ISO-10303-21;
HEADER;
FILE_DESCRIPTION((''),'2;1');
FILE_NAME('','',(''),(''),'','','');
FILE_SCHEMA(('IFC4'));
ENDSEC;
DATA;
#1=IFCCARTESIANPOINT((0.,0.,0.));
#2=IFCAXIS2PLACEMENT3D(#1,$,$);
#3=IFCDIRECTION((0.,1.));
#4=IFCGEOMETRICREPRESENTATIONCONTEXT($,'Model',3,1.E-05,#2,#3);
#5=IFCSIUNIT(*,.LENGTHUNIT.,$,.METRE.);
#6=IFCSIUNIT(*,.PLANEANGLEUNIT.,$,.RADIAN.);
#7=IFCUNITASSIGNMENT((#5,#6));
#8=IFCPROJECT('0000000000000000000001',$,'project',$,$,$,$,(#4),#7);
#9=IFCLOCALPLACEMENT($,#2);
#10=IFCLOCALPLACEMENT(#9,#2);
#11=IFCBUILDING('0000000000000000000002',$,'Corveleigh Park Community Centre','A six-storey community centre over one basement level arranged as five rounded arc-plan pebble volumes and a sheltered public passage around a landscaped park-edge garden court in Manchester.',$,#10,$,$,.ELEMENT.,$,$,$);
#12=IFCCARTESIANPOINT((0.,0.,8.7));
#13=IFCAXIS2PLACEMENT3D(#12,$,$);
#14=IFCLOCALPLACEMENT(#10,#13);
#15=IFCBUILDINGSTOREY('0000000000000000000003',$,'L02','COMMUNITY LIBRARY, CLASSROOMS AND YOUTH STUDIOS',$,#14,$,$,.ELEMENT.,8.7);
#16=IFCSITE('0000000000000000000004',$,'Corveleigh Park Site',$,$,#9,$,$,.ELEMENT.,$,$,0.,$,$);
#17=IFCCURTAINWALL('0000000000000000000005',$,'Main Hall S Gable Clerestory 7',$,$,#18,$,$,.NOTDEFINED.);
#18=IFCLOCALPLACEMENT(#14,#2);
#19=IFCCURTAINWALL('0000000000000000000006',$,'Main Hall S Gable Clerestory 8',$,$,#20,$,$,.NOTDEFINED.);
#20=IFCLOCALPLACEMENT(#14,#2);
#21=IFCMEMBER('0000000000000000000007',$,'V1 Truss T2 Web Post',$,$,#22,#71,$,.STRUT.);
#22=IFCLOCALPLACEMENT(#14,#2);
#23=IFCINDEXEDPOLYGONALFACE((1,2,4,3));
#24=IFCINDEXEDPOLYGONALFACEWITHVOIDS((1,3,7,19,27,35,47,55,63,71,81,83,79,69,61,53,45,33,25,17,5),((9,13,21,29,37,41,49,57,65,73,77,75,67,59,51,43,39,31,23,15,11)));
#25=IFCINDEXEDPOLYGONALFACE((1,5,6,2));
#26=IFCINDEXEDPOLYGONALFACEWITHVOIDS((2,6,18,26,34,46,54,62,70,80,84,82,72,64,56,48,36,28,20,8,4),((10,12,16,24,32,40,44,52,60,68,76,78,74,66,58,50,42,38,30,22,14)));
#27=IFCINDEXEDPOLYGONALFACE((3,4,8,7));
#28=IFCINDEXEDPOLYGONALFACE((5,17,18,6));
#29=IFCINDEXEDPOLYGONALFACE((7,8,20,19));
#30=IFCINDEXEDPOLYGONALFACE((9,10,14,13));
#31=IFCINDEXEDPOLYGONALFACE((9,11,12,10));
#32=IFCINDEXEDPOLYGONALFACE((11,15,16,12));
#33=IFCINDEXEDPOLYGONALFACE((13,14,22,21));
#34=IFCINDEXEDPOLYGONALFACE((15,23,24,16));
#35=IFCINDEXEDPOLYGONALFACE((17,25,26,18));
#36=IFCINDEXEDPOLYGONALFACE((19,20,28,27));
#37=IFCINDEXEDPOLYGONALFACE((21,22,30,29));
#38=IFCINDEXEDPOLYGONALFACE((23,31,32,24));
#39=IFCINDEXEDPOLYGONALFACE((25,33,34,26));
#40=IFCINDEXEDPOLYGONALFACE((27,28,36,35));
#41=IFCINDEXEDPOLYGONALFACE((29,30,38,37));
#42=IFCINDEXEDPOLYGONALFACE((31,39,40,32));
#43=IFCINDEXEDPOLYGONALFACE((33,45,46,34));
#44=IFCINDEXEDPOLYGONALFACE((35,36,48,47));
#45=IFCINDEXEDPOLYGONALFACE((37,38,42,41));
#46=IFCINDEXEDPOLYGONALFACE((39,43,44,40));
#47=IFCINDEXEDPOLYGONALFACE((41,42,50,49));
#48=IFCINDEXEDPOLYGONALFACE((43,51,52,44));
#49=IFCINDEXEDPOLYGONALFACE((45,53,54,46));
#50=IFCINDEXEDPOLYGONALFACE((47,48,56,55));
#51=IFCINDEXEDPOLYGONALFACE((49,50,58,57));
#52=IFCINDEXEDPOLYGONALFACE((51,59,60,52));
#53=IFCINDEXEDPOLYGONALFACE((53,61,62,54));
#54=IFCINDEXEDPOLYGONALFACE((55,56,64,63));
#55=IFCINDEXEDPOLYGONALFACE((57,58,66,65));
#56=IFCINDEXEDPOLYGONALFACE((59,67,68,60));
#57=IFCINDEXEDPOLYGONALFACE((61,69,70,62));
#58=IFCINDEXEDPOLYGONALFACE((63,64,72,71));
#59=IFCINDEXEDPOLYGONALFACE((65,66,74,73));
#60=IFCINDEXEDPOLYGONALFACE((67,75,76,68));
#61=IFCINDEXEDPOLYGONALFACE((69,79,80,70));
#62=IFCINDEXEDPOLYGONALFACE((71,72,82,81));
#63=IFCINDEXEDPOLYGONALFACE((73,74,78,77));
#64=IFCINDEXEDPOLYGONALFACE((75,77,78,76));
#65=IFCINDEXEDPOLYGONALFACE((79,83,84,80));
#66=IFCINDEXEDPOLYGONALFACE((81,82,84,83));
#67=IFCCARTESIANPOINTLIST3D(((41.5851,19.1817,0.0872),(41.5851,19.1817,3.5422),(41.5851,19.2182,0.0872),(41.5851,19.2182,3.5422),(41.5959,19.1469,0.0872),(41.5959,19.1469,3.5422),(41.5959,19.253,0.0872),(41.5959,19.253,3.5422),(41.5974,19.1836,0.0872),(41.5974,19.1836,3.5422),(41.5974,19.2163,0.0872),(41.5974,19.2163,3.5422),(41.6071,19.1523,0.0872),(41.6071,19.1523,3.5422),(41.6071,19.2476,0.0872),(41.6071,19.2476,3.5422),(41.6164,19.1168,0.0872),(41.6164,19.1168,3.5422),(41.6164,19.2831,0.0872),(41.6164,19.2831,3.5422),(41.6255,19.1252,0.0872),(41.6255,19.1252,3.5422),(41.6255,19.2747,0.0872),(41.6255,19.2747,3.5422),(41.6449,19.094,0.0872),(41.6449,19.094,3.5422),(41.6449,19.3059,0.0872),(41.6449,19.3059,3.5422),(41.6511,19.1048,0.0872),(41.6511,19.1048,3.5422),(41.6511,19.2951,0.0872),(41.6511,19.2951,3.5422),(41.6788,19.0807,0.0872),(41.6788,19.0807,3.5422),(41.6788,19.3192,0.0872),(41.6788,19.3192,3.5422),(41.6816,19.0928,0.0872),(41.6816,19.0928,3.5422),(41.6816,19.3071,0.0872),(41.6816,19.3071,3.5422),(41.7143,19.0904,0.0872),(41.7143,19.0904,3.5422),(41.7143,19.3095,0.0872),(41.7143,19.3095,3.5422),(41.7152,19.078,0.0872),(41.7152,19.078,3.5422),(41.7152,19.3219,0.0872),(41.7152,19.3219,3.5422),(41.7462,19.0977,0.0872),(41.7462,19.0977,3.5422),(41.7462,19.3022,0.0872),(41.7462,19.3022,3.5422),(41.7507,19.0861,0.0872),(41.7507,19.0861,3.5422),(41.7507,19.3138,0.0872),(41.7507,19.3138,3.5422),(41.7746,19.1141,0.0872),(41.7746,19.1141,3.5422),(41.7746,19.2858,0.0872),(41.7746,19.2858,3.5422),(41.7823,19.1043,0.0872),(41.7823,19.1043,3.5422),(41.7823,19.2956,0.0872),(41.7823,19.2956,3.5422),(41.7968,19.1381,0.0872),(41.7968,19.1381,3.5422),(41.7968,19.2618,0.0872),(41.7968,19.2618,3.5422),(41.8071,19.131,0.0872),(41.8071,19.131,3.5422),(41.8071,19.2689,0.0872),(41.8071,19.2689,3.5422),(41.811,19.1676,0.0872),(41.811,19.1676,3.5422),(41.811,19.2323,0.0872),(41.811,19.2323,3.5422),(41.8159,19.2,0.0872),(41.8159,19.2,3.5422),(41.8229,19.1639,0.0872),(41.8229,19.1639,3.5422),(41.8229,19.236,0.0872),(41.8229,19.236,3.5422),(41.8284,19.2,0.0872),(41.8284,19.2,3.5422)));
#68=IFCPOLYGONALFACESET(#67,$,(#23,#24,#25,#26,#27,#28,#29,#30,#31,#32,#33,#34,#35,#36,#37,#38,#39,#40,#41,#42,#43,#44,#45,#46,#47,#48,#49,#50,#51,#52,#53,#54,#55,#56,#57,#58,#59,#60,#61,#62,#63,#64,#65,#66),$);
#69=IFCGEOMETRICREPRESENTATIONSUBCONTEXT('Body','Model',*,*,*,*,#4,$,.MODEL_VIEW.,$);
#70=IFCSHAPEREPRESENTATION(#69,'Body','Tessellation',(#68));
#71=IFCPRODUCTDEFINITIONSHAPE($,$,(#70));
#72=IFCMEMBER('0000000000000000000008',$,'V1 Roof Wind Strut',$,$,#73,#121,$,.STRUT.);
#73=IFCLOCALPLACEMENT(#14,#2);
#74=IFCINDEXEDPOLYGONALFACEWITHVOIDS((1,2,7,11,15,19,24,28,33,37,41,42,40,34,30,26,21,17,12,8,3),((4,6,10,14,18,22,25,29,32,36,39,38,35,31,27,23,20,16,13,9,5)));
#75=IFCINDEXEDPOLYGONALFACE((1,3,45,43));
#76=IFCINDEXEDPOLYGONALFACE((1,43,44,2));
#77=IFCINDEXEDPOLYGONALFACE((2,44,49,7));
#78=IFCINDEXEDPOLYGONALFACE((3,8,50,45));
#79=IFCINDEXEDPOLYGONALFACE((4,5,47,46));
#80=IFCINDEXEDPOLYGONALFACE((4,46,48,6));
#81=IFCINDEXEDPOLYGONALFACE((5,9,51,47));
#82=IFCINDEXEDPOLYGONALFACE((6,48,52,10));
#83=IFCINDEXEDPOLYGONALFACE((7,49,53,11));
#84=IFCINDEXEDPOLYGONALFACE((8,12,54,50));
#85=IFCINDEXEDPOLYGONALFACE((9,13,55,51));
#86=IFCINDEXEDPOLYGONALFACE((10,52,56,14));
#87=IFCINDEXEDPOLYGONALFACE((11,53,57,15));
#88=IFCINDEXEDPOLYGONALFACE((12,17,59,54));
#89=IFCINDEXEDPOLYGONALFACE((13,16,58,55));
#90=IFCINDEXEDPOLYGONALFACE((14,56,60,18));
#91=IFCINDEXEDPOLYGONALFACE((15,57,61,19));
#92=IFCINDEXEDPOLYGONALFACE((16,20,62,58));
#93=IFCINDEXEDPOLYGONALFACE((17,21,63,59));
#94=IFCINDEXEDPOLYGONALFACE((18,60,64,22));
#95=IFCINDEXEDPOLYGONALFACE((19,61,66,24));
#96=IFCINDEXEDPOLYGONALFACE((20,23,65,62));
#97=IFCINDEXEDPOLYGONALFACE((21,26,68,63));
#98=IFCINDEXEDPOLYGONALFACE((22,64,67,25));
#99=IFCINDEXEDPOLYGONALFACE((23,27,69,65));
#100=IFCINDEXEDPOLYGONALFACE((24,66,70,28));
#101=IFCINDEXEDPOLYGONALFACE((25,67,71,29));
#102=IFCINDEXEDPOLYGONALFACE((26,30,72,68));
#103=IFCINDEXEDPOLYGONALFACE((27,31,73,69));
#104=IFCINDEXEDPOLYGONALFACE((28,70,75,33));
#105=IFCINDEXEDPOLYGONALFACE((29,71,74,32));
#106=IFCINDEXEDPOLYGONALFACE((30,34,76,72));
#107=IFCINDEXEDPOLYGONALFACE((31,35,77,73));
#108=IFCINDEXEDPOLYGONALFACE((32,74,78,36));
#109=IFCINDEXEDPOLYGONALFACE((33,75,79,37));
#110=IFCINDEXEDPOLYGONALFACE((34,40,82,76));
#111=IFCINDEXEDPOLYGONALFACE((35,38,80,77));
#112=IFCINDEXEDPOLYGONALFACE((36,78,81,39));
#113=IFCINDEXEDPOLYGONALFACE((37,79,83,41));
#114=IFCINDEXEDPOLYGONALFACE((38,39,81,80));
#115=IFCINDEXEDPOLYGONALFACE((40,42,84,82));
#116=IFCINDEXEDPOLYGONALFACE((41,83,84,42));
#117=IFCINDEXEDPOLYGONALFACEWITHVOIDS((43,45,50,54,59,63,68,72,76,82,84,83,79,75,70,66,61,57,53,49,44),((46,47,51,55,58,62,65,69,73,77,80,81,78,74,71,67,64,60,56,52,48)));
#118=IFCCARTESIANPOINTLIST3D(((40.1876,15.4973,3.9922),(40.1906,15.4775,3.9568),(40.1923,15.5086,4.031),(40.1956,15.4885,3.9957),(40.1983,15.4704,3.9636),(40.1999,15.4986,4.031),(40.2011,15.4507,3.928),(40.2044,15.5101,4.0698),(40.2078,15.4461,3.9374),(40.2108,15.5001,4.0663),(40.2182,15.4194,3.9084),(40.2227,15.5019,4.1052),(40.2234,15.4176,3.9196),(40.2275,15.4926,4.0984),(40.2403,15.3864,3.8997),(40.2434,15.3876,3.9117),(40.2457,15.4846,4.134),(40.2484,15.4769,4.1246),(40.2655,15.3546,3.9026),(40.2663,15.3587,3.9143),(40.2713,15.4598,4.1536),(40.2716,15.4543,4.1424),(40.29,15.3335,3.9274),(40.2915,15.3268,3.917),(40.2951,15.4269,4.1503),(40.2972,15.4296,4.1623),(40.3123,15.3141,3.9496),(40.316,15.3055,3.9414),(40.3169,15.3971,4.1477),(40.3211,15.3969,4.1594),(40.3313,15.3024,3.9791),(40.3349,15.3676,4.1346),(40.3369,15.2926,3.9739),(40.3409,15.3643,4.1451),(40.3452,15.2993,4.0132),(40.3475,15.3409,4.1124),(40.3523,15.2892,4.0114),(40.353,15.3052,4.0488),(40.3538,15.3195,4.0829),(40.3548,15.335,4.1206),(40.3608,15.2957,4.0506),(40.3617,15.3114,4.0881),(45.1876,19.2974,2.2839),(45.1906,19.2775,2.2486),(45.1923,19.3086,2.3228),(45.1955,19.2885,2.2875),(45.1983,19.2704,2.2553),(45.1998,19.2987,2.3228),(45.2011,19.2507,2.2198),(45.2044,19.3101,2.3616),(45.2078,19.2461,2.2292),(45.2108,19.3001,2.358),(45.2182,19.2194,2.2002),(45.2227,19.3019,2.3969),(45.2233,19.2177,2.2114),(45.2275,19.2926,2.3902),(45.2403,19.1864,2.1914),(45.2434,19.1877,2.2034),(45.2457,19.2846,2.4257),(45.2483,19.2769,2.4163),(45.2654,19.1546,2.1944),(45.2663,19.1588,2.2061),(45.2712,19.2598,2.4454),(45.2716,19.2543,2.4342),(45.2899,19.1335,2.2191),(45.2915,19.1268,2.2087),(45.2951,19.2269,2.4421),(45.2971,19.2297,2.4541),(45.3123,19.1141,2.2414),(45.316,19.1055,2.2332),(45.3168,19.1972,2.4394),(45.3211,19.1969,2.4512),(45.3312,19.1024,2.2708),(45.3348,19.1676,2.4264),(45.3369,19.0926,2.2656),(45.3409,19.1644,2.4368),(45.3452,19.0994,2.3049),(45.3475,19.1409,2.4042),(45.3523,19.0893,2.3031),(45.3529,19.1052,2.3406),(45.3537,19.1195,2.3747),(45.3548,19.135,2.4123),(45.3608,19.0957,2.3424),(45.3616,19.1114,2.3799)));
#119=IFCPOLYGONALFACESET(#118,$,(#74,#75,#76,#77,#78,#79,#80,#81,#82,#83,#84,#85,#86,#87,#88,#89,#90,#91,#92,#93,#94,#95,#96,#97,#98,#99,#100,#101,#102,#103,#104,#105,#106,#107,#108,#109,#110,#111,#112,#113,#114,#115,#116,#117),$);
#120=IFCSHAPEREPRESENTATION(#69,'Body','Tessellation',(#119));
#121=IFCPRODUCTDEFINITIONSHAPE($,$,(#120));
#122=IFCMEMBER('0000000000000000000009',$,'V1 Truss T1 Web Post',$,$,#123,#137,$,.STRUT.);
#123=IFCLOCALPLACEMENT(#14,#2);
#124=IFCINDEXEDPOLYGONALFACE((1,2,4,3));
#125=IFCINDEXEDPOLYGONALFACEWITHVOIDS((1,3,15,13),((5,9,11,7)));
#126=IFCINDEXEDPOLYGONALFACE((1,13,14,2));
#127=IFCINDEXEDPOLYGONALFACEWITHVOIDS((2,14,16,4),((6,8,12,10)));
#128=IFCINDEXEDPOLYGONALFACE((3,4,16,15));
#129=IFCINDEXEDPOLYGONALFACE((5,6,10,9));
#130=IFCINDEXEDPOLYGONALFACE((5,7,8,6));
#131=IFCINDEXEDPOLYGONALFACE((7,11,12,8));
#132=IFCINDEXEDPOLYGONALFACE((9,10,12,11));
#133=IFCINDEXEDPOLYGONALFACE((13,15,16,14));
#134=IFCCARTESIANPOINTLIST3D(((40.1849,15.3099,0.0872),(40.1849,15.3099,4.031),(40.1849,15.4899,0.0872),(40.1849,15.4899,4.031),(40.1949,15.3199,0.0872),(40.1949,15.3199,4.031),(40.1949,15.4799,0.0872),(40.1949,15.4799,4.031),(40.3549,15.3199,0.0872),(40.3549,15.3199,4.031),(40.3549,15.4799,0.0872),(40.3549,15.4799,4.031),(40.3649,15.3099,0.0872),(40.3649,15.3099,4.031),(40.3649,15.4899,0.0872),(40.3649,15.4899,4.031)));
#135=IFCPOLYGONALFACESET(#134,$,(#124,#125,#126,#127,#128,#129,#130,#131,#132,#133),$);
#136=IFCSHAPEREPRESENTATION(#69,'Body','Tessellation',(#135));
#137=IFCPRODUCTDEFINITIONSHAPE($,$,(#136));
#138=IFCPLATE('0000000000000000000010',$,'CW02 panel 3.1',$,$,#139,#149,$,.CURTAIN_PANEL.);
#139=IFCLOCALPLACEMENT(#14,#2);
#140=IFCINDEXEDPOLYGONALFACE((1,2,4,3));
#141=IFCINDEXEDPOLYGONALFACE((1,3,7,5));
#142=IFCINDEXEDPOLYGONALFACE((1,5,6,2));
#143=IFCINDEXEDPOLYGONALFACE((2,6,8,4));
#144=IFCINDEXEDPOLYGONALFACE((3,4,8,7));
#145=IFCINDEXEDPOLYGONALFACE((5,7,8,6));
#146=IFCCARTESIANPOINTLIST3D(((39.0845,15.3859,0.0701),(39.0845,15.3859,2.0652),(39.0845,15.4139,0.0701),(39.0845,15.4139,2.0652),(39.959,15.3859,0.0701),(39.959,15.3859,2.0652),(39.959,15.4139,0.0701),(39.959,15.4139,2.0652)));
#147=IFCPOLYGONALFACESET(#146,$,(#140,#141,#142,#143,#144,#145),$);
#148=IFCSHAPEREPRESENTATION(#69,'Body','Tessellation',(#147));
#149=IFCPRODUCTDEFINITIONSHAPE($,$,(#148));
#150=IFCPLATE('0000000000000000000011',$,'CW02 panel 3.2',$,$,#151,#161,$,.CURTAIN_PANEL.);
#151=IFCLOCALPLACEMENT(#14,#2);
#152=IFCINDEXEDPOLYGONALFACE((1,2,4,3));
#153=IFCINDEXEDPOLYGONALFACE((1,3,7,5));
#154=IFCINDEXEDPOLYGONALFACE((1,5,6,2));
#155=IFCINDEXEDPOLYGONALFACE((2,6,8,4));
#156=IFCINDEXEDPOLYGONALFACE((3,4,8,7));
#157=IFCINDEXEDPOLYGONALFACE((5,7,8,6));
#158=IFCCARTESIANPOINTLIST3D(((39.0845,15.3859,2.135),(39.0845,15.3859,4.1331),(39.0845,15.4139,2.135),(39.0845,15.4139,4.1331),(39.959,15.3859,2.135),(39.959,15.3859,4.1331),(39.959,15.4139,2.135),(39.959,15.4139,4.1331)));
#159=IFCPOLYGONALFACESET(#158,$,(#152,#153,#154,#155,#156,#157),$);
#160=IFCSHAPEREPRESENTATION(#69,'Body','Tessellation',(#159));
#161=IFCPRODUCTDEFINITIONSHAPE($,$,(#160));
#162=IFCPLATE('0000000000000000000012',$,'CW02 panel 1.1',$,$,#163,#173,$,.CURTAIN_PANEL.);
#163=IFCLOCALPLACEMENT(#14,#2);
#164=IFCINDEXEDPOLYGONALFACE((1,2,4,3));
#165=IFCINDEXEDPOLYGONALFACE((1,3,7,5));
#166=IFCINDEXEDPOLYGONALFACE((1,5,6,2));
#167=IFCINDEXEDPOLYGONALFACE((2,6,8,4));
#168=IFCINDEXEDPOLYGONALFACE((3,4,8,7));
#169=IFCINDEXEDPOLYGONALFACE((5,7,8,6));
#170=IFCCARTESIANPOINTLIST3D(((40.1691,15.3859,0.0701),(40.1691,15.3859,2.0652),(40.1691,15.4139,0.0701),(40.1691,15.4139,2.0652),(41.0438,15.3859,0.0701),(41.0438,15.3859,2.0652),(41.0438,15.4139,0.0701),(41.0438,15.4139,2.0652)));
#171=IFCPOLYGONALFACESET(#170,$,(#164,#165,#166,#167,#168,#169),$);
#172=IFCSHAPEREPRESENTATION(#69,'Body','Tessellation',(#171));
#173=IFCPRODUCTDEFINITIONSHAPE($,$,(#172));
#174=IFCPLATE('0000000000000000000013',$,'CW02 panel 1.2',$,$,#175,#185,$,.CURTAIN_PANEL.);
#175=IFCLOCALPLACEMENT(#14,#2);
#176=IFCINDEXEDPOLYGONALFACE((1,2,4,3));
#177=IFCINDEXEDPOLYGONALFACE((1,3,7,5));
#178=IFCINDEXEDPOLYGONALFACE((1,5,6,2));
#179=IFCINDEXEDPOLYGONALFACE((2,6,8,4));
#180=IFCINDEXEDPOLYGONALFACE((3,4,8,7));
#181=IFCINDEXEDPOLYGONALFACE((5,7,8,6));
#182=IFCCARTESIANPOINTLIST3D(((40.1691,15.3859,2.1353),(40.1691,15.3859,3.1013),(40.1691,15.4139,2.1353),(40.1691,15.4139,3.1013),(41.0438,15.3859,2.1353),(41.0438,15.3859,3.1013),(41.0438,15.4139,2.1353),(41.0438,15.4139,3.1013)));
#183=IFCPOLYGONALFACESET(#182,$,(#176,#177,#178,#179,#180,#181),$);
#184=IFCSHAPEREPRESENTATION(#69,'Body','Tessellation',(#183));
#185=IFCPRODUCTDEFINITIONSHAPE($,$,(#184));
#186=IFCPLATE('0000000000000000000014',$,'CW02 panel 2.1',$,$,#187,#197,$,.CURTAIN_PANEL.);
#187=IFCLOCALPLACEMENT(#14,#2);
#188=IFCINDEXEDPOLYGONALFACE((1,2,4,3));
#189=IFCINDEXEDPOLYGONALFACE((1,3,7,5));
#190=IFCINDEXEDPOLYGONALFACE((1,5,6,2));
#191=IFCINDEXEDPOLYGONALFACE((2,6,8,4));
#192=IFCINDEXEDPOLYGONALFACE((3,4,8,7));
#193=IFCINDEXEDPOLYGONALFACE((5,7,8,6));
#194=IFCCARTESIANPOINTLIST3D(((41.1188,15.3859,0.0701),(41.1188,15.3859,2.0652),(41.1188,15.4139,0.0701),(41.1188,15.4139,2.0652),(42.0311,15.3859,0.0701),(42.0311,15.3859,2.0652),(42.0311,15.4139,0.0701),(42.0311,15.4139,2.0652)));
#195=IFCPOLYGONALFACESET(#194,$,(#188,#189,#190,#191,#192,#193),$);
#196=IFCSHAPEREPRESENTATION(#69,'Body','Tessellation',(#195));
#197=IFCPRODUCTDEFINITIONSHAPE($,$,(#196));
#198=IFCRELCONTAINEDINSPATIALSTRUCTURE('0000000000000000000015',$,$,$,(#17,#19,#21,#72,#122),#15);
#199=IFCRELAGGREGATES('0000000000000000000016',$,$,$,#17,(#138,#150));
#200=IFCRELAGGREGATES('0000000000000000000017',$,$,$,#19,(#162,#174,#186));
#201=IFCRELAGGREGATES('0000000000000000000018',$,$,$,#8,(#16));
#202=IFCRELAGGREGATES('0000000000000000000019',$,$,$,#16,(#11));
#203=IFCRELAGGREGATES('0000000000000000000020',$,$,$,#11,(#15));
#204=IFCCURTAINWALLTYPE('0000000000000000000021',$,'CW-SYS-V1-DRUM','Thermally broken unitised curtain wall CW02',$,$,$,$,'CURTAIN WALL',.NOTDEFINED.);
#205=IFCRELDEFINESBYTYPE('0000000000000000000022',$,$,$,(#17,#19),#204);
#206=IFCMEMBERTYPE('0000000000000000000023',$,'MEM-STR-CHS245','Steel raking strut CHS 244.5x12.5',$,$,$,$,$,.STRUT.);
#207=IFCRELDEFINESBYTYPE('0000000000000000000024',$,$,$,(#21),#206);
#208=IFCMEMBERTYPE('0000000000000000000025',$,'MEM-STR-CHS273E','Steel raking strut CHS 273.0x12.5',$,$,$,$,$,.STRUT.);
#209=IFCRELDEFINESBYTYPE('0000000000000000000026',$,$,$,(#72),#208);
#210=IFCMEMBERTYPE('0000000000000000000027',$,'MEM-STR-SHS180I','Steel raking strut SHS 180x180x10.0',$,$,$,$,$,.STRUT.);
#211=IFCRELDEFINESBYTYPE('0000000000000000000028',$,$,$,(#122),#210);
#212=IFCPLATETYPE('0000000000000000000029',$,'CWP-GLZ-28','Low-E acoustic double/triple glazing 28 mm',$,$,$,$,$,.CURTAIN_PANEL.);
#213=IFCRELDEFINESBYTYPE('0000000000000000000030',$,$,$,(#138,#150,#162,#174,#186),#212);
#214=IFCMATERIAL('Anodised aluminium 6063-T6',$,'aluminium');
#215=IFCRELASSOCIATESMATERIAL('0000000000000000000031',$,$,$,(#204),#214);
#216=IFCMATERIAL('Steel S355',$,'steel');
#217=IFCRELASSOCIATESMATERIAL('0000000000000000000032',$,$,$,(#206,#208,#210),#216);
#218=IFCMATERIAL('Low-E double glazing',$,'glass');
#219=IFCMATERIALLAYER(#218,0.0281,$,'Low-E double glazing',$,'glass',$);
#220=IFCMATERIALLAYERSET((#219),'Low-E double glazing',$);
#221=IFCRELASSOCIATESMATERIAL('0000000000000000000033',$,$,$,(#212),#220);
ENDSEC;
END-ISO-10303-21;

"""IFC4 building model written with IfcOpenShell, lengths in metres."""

from ifc_helpers import new_model, si_unit, direction, frame, origin, origin_2d, place, context, subcontext, project, spatial, rectangle, hollow_rectangle, hollow_circle, extrude, material, layer, layer_set, material_profile, profile_set, type_object, element, aggregate, save


model = new_model("IFC4")

# Units and contexts
model_context = context("Model", 3, precision=1e-05, world=origin(), true_north=direction((0.0, 1.0)))
body_context = subcontext(model_context, "Body", "Model", "MODEL_VIEW")
ifc_project = project(units=[si_unit("LENGTHUNIT", "METRE"), si_unit("PLANEANGLEUNIT", "RADIAN")], contexts=[model_context])

# Site, building, storey
site_placement = place(None, origin())
site = spatial("IfcSite", under=ifc_project, at=site_placement, Name="Corveleigh Park Site", CompositionType="ELEMENT", RefElevation=0.0)
building_placement = place(site_placement, origin())
building = spatial("IfcBuilding", under=site, at=building_placement, Name="Corveleigh Park Community Centre", Description="A six-storey community centre over one basement level arranged as five rounded arc-plan pebble volumes and a sheltered public passage around a landscaped park-edge garden court in Manchester.", CompositionType="ELEMENT")
storey_placement = place(building_placement, frame((0.0, 0.0, 8.7)))
storey = spatial("IfcBuildingStorey", under=building, at=storey_placement, Name="L02", Description="COMMUNITY LIBRARY, CLASSROOMS AND YOUTH STUDIOS", CompositionType="ELEMENT", Elevation=8.7)

# Curtain walls
ifc_material_1 = material(Name="Anodised aluminium 6063-T6", Category="aluminium")
curtain_wall_type = type_object("IfcCurtainWallType", Name="CW-SYS-V1-DRUM", Description="Thermally broken unitised curtain wall CW02", ElementType="CURTAIN WALL", PredefinedType="NOTDEFINED", material=ifc_material_1)
curtain_wall_1_placement = place(storey_placement, origin())
curtain_wall_1 = element("IfcCurtainWall", 1, at=curtain_wall_1_placement, inside=storey, type_object=curtain_wall_type, Name="Main Hall S Gable Clerestory 7", PredefinedType="NOTDEFINED")
curtain_wall_2_placement = place(storey_placement, origin())
curtain_wall_2 = element("IfcCurtainWall", 2, at=curtain_wall_2_placement, inside=storey, type_object=curtain_wall_type, Name="Main Hall S Gable Clerestory 8", PredefinedType="NOTDEFINED")

# Members
ifc_material_2 = material(Name="Steel S355", Category="steel")
ifc_material_profile_1 = material_profile(ifc_material_2, hollow_circle(Radius=0.1223, WallThickness=0.0125, at=origin_2d()), Name="CHS 244.5x12.5", Category="steel")
ifc_profile_set_1 = profile_set([ifc_material_profile_1], Name="Steel S355")
member_type_1 = type_object("IfcMemberType", Name="MEM-STR-CHS245", Description="Steel raking strut CHS 244.5x12.5", PredefinedType="STRUT", material=ifc_profile_set_1)
member_1_placement = place(storey_placement, frame((41.7061, 19.2, 0.0872), z_axis=(0.0, 0.0, 1.0), x_axis=(1.0, 0.0, 0.0)))
element("IfcMember", 3, at=member_1_placement, inside=storey, type_object=member_type_1, Name="V1 Truss T2 Web Post", PredefinedType="STRUT", context=body_context, shape_type="SweptSolid", body=[
    extrude(hollow_circle(Radius=0.1223, WallThickness=0.0125, at=origin_2d()), origin(), (0.0, 0.0, 1.0), 3.4551),
])
ifc_material_profile_2 = material_profile(ifc_material_2, hollow_circle(Radius=0.1365, WallThickness=0.0125, at=origin_2d()), Name="CHS 273.0x12.5", Category="steel")
ifc_profile_set_2 = profile_set([ifc_material_profile_2], Name="Steel S355")
member_type_2 = type_object("IfcMemberType", Name="MEM-STR-CHS273E", Description="Steel raking strut CHS 273.0x12.5", PredefinedType="STRUT", material=ifc_profile_set_2)
member_2_placement = place(storey_placement, frame((40.2749, 15.3999, 4.031), z_axis=(0.768245, 0.583874, -0.262471), x_axis=(-0.605088, 0.796158, 0.0)))
element("IfcMember", 4, at=member_2_placement, inside=storey, type_object=member_type_2, Name="V1 Roof Wind Strut", PredefinedType="STRUT", context=body_context, shape_type="SweptSolid", body=[
    extrude(hollow_circle(Radius=0.1365, WallThickness=0.0125, at=origin_2d()), origin(), (0.0, 0.0, 1.0), 6.5083),
])
ifc_material_profile_3 = material_profile(ifc_material_2, hollow_rectangle(XDim=0.1799, YDim=0.1799, WallThickness=0.01, at=origin_2d()), Name="SHS 180x180x10.0", Category="steel")
ifc_profile_set_3 = profile_set([ifc_material_profile_3], Name="Steel S355")
member_type_3 = type_object("IfcMemberType", Name="MEM-STR-SHS180I", Description="Steel raking strut SHS 180x180x10.0", PredefinedType="STRUT", material=ifc_profile_set_3)
member_3_placement = place(storey_placement, frame((40.2749, 15.3999, 0.0872), z_axis=(0.0, 0.0, 1.0), x_axis=(1.0, 0.0, 0.0)))
element("IfcMember", 5, at=member_3_placement, inside=storey, type_object=member_type_3, Name="V1 Truss T1 Web Post", PredefinedType="STRUT", context=body_context, shape_type="SweptSolid", body=[
    extrude(hollow_rectangle(XDim=0.1799, YDim=0.1799, WallThickness=0.01, at=origin_2d()), origin(), (0.0, 0.0, 1.0), 3.9438),
])

# Plates
ifc_material_3 = material(Name="Low-E double glazing", Category="glass")
ifc_layer_1 = layer(ifc_material_3, 0.0281, Name="Low-E double glazing", Category="glass")
ifc_layer_set_1 = layer_set([ifc_layer_1], Name="Low-E double glazing")
plate_type_1 = type_object("IfcPlateType", Name="CWP-GLZ-28", Description="Low-E acoustic double/triple glazing 28 mm", PredefinedType="CURTAIN_PANEL", material=ifc_layer_set_1)
plate_1_placement = place(storey_placement, frame((39.5217, 15.3999, 0.0701), z_axis=(0.0, 0.0, 1.0), x_axis=(1.0, 0.0, 0.0)))
plate_1 = element("IfcPlate", 6, at=plate_1_placement, type_object=plate_type_1, Name="CW02 panel 3.1", PredefinedType="CURTAIN_PANEL", context=body_context, shape_type="SweptSolid", body=[
    extrude(rectangle(XDim=0.8745, YDim=0.0281, at=origin_2d()), origin(), (0.0, 0.0, 1.0), 1.9951),
])
plate_2_placement = place(storey_placement, frame((39.5217, 15.3999, 2.135), z_axis=(0.0, 0.0, 1.0), x_axis=(1.0, 0.0, 0.0)))
plate_2 = element("IfcPlate", 7, at=plate_2_placement, type_object=plate_type_1, Name="CW02 panel 3.2", PredefinedType="CURTAIN_PANEL", context=body_context, shape_type="SweptSolid", body=[
    extrude(rectangle(XDim=0.8745, YDim=0.0281, at=origin_2d()), origin(), (0.0, 0.0, 1.0), 1.998),
])
aggregate(curtain_wall_1, [plate_1, plate_2])
plate_3_placement = place(storey_placement, frame((40.6064, 15.3999, 0.0701), z_axis=(0.0, 0.0, 1.0), x_axis=(1.0, 0.0, 0.0)))
plate_3 = element("IfcPlate", 8, at=plate_3_placement, type_object=plate_type_1, Name="CW02 panel 1.1", PredefinedType="CURTAIN_PANEL", context=body_context, shape_type="SweptSolid", body=[
    extrude(rectangle(XDim=0.8748, YDim=0.0281, at=origin_2d()), origin(), (0.0, 0.0, 1.0), 1.9951),
])
plate_4_placement = place(storey_placement, frame((40.6064, 15.3999, 2.1353), z_axis=(0.0, 0.0, 1.0), x_axis=(1.0, 0.0, 0.0)))
plate_4 = element("IfcPlate", 9, at=plate_4_placement, type_object=plate_type_1, Name="CW02 panel 1.2", PredefinedType="CURTAIN_PANEL", context=body_context, shape_type="SweptSolid", body=[
    extrude(rectangle(XDim=0.8748, YDim=0.0281, at=origin_2d()), origin(), (0.0, 0.0, 1.0), 0.9661),
])
plate_5_placement = place(storey_placement, frame((41.575, 15.3999, 0.0701), z_axis=(0.0, 0.0, 1.0), x_axis=(1.0, 0.0, 0.0)))
plate_5 = element("IfcPlate", 10, at=plate_5_placement, type_object=plate_type_1, Name="CW02 panel 2.1", PredefinedType="CURTAIN_PANEL", context=body_context, shape_type="SweptSolid", body=[
    extrude(rectangle(XDim=0.9124, YDim=0.0281, at=origin_2d()), origin(), (0.0, 0.0, 1.0), 1.9951),
])
aggregate(curtain_wall_2, [plate_3, plate_4, plate_5])

save(model, "model.ifc")
